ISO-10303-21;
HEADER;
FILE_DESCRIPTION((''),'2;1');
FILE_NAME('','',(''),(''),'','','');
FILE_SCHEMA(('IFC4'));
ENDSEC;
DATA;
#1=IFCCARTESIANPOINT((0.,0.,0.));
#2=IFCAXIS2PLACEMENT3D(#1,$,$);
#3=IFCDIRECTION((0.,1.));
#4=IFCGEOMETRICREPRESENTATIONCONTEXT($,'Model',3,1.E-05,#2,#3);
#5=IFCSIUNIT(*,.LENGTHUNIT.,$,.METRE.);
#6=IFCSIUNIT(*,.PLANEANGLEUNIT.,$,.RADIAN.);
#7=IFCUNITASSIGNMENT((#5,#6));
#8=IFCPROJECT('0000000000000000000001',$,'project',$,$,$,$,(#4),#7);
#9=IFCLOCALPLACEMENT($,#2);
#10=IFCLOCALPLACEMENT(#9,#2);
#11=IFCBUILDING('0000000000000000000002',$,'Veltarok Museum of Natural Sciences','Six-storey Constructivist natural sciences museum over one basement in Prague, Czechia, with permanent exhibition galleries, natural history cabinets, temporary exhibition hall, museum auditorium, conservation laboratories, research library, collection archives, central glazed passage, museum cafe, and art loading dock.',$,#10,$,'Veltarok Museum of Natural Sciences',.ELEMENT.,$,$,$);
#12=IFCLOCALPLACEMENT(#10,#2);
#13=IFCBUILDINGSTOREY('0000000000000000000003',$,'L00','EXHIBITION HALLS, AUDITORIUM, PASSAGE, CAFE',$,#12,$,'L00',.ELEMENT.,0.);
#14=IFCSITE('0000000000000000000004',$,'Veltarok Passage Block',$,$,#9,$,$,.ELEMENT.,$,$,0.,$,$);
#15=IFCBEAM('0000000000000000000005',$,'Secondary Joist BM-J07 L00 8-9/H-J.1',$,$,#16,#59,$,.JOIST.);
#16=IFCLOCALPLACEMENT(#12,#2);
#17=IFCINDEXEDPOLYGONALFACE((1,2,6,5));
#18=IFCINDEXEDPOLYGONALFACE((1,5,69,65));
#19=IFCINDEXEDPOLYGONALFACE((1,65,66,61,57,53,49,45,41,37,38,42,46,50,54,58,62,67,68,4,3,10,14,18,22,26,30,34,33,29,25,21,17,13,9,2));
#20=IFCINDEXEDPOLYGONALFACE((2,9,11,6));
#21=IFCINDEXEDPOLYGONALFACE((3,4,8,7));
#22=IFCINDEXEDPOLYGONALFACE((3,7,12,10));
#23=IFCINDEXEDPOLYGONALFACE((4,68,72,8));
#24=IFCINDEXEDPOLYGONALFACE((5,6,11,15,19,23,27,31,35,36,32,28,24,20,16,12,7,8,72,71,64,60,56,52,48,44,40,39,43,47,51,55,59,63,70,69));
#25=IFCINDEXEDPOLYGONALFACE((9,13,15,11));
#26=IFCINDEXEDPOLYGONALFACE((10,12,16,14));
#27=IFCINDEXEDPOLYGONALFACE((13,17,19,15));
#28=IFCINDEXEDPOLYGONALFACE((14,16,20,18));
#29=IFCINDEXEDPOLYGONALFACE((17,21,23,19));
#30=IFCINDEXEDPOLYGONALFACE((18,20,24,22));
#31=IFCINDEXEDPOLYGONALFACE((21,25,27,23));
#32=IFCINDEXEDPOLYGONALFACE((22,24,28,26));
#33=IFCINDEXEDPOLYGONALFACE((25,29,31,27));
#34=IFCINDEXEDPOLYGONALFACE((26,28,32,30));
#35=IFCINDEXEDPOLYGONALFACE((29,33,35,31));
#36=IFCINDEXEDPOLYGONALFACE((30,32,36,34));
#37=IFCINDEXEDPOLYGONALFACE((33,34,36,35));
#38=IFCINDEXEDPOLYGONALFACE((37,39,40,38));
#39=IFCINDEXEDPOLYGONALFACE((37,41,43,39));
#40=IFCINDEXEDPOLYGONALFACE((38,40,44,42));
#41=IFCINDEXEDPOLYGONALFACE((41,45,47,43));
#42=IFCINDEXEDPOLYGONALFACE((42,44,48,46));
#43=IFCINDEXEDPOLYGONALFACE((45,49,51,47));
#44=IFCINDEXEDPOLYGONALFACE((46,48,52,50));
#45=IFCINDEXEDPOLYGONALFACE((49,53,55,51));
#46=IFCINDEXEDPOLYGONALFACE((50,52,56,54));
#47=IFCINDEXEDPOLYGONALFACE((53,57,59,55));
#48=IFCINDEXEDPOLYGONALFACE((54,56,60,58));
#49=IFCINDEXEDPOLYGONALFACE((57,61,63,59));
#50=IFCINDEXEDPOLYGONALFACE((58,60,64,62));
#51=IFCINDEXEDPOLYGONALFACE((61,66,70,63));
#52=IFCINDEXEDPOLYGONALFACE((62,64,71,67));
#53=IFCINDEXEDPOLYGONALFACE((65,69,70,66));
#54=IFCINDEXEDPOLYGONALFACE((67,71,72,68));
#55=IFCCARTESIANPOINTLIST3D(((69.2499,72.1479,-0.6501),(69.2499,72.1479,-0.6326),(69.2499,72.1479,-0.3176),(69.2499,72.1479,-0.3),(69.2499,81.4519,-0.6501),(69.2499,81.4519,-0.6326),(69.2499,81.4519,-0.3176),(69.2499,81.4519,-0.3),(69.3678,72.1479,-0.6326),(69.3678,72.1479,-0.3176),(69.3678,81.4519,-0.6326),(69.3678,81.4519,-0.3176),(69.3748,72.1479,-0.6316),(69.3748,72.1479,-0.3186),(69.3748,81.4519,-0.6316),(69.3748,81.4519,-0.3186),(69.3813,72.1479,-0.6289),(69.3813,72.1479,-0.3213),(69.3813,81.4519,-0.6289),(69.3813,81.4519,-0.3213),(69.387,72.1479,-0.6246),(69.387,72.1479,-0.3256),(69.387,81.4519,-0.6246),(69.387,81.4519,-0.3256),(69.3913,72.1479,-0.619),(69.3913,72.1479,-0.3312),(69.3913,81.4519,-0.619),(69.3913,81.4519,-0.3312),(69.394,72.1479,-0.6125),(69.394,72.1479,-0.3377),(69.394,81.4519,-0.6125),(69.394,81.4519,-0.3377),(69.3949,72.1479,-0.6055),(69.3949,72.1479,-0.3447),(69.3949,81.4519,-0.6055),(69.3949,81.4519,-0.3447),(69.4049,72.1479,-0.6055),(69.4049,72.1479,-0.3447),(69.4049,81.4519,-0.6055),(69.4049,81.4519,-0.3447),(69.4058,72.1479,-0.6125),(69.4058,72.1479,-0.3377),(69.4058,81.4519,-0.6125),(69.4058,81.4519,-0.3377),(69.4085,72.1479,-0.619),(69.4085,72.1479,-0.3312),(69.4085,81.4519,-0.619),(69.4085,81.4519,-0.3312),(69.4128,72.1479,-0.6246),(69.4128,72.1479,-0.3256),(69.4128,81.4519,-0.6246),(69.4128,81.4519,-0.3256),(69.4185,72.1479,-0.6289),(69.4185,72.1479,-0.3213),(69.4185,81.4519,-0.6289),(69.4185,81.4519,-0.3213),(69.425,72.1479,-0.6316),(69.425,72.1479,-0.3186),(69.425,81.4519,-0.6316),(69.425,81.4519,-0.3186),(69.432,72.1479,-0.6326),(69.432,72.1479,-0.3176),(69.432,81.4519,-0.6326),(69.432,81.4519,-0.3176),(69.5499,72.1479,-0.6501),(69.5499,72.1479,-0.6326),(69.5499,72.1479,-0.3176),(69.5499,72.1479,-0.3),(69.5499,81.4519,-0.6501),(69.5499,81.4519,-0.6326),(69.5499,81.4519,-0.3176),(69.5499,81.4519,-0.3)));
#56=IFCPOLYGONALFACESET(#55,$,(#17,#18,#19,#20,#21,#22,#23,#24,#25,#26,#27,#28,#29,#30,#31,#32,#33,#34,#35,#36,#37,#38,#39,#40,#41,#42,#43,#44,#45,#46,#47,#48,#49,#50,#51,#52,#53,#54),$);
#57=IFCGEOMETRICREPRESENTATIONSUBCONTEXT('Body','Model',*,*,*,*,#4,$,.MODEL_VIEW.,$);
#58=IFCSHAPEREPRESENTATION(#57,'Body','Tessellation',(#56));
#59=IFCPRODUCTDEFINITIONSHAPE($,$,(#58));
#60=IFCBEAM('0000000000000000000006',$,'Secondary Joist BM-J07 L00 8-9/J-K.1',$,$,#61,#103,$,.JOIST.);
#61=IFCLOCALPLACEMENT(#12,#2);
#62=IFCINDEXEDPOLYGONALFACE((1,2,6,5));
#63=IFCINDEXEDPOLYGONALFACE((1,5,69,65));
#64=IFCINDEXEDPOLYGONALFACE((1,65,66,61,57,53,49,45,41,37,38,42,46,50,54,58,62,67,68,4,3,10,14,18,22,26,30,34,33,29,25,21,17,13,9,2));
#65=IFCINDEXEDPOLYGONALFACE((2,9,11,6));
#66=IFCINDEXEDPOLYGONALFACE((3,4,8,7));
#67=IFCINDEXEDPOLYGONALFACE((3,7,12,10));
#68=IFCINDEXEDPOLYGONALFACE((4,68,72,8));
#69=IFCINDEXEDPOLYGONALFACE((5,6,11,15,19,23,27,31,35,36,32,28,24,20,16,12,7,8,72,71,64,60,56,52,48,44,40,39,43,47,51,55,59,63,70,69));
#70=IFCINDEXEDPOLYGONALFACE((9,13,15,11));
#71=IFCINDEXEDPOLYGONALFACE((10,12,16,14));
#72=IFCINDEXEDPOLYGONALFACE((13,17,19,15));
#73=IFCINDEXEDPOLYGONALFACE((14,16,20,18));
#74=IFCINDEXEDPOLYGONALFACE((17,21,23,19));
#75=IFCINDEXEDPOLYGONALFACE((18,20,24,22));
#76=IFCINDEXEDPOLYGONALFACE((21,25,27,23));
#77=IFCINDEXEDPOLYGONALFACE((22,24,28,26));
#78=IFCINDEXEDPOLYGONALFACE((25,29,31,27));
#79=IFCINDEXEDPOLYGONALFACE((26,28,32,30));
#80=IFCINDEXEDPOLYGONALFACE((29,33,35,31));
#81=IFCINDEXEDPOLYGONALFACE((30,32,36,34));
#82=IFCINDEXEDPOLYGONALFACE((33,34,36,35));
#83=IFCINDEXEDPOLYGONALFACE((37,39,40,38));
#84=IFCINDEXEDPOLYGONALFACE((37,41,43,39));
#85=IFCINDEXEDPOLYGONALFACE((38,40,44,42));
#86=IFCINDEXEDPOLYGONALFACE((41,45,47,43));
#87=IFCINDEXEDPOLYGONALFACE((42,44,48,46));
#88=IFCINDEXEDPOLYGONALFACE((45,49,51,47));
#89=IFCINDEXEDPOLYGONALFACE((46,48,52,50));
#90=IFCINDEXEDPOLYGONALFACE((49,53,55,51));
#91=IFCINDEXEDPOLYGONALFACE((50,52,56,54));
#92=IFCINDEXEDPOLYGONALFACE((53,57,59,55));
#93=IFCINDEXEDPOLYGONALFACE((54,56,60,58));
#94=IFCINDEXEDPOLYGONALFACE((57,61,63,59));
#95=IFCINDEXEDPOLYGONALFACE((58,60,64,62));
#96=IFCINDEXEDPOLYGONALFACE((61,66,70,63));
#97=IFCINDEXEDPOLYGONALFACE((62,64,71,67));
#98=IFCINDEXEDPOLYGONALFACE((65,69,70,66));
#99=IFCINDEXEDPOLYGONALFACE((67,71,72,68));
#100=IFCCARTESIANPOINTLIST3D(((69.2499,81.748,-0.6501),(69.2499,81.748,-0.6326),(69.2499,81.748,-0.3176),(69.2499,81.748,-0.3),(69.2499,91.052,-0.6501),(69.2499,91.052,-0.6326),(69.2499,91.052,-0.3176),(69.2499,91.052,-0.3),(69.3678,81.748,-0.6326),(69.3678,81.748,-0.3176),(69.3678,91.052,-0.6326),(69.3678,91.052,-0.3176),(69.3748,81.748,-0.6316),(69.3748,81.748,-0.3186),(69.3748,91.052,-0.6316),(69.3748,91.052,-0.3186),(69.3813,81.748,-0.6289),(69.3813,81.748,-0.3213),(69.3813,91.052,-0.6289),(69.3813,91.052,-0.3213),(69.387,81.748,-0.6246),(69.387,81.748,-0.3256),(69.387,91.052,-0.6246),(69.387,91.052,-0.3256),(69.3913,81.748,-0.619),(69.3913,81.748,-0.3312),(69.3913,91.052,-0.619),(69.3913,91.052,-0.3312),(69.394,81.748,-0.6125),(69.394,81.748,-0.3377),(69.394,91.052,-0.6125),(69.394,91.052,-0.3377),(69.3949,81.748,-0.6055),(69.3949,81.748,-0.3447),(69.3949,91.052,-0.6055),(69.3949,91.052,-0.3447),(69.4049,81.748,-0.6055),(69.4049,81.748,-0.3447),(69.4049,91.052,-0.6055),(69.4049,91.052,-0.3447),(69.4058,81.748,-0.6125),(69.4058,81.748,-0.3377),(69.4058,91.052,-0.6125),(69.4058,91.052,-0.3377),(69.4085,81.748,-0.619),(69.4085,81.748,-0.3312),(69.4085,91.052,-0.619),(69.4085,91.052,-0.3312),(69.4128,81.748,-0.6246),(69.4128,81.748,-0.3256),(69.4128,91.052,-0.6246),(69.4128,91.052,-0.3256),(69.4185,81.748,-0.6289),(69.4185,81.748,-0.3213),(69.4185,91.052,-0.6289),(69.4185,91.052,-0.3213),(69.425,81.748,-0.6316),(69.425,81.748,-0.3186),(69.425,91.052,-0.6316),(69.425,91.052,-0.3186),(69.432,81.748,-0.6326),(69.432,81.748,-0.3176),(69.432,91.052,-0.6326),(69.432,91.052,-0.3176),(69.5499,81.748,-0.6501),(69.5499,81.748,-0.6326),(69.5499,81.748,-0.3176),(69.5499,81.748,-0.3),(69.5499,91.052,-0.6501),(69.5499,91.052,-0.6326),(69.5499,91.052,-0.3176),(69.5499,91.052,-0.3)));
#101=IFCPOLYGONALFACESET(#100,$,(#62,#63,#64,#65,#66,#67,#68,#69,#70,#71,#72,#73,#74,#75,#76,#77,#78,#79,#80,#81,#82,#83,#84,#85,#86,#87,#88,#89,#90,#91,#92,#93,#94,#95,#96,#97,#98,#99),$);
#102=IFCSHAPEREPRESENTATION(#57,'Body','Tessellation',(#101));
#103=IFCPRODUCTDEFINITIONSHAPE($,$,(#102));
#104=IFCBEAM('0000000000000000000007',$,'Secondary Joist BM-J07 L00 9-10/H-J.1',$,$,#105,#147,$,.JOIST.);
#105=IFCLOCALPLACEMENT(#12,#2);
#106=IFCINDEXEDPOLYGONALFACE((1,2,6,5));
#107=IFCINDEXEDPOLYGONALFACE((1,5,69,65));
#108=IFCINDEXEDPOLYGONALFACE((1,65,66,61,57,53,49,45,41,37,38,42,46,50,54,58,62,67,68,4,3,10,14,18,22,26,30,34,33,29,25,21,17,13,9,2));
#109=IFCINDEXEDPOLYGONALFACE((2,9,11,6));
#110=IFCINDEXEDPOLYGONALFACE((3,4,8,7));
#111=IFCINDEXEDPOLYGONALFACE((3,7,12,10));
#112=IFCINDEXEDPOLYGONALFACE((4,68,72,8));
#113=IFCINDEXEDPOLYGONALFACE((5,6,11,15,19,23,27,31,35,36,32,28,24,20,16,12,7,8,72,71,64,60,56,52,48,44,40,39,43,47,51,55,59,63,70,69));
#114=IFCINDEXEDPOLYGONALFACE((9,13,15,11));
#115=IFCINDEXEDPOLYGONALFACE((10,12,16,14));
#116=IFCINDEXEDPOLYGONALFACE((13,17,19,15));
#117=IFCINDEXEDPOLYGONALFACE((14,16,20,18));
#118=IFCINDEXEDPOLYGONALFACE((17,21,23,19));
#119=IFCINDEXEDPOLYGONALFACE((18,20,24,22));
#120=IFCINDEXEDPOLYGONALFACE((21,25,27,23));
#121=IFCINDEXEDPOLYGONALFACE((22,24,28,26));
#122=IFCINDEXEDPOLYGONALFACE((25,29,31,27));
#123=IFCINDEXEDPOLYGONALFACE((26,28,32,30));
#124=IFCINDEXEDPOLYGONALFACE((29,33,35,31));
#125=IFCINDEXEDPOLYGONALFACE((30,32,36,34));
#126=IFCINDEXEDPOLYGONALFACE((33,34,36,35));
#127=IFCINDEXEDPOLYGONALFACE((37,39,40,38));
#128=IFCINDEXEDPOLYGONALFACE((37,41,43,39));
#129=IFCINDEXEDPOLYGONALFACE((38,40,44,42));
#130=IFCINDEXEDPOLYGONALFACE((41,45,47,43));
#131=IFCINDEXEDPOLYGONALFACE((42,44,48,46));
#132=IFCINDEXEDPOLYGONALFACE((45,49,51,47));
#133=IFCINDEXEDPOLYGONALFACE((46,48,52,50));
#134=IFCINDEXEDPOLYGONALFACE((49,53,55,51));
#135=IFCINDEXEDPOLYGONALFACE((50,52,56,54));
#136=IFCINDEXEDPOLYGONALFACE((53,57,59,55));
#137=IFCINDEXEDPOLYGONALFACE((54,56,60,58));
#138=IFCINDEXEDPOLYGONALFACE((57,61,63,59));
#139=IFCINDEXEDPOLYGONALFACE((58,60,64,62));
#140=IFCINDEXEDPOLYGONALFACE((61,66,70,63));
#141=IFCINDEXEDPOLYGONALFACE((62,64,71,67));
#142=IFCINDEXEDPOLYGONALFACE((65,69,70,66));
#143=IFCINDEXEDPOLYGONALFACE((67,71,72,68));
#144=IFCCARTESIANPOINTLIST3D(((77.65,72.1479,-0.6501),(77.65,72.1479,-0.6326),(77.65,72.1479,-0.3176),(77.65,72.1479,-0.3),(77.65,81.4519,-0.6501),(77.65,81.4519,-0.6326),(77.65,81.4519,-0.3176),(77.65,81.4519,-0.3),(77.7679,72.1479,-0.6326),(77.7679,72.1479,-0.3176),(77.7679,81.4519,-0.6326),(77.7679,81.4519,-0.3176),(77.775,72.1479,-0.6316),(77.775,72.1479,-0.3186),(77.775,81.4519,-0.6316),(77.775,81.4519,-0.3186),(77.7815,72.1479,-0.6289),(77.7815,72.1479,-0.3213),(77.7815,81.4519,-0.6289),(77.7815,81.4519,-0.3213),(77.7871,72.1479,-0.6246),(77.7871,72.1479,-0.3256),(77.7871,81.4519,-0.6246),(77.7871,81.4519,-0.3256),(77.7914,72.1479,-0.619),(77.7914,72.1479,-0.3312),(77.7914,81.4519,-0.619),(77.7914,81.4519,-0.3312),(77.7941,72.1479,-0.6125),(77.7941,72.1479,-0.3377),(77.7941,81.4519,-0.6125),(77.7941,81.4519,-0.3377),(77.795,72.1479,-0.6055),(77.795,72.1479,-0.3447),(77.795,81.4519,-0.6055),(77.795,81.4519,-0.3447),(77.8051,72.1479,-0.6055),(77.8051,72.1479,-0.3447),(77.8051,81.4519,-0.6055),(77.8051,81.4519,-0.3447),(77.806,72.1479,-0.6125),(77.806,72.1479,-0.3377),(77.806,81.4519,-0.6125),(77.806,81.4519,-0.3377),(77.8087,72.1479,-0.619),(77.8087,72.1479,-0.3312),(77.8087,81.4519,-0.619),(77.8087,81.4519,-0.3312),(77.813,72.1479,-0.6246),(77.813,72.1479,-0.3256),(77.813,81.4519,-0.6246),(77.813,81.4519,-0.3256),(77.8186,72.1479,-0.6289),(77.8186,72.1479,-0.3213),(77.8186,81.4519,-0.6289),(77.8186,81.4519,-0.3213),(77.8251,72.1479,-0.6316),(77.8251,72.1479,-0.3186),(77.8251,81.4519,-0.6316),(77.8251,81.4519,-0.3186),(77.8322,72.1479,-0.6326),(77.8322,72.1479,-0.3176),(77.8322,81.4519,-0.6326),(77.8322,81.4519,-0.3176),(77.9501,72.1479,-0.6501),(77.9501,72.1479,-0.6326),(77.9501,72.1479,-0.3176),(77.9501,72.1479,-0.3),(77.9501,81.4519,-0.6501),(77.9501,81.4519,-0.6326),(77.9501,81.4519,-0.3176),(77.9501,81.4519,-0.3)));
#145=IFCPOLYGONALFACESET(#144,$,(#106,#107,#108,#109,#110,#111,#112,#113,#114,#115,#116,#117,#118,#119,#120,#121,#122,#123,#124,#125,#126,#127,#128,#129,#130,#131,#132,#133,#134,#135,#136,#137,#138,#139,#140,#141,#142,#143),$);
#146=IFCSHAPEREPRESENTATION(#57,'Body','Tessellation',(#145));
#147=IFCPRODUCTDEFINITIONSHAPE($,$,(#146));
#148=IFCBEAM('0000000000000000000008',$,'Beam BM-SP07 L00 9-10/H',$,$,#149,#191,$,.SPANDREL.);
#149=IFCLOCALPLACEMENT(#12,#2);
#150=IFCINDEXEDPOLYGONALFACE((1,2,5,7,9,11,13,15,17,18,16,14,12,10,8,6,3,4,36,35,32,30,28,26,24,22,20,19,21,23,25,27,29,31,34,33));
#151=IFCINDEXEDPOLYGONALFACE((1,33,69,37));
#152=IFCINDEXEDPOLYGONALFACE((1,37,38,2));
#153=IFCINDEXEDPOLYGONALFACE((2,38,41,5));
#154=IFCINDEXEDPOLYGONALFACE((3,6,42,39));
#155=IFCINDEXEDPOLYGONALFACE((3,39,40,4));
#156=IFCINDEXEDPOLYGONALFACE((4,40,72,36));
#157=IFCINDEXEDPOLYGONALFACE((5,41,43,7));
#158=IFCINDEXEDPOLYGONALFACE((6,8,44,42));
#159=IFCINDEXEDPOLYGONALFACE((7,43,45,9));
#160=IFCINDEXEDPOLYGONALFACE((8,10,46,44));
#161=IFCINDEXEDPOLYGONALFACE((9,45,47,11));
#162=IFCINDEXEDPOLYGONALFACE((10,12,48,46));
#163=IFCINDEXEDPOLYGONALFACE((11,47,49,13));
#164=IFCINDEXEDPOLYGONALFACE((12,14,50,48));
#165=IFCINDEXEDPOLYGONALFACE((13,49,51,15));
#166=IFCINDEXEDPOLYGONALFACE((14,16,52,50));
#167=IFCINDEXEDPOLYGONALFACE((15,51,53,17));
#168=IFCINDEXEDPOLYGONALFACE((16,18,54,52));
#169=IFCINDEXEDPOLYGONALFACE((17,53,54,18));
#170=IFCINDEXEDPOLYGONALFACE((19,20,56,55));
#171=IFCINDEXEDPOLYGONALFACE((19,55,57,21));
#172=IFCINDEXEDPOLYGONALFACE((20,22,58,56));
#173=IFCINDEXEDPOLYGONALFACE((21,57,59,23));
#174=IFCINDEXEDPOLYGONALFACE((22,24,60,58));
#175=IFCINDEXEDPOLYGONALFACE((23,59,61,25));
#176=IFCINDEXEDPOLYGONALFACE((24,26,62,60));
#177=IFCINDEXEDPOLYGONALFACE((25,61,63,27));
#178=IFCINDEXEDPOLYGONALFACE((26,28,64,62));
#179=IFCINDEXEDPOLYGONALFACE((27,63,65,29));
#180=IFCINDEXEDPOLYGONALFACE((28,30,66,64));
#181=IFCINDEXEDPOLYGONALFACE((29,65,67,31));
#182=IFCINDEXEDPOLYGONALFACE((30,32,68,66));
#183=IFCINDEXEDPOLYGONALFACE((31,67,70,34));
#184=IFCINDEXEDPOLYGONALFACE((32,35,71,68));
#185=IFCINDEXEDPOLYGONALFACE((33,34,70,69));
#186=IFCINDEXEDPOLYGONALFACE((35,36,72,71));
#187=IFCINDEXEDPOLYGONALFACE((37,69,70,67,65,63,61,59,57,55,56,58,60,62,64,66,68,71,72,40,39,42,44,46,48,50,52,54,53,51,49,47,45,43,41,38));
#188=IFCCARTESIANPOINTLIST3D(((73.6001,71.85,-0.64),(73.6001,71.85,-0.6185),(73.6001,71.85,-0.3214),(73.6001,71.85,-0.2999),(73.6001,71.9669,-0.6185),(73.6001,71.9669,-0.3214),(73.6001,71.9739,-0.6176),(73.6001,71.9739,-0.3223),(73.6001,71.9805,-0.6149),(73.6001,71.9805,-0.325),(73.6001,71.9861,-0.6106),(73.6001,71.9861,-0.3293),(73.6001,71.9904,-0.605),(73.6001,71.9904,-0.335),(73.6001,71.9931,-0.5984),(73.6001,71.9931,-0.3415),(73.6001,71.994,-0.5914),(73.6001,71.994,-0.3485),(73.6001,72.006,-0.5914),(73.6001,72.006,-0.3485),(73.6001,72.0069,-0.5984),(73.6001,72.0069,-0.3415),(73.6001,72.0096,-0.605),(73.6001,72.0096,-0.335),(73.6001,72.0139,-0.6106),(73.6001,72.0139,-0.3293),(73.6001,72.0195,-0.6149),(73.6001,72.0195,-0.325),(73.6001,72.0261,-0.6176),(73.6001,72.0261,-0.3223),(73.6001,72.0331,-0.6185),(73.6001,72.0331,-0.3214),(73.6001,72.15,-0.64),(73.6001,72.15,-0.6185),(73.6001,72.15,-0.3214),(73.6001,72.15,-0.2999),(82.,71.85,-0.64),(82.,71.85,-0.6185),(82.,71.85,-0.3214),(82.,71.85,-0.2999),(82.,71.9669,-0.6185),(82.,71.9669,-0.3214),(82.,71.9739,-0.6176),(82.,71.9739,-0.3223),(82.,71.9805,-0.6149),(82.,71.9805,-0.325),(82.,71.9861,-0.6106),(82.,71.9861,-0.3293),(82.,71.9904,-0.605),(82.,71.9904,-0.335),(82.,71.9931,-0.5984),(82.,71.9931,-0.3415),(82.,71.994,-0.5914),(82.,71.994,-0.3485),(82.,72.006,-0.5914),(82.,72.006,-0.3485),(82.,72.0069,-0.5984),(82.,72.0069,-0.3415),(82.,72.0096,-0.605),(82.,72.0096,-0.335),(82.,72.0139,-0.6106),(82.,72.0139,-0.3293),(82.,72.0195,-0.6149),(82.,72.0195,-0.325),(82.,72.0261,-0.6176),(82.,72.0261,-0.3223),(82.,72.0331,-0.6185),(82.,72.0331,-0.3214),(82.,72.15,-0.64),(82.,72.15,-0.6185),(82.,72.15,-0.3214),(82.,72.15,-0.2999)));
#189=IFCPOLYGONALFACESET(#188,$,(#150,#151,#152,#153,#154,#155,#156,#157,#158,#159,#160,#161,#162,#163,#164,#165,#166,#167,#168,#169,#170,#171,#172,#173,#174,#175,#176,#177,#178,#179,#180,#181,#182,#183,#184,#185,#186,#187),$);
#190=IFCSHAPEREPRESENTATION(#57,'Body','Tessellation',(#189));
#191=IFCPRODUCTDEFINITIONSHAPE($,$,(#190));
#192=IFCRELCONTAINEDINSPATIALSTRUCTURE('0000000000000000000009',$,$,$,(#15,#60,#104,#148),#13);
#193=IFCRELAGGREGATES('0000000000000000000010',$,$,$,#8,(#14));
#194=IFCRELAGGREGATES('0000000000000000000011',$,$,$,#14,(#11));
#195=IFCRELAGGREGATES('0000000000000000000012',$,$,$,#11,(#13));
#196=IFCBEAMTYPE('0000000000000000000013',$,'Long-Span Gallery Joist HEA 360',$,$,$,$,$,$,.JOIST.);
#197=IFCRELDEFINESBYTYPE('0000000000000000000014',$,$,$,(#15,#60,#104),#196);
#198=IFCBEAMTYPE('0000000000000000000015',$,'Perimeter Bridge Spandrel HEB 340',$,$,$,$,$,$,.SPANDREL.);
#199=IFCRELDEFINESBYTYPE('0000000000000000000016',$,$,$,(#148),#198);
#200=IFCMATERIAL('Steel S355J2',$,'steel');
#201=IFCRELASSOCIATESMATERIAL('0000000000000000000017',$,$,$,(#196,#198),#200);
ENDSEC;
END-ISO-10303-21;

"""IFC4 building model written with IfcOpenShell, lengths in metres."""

from ifc_helpers import new_model, si_unit, direction, frame, origin, origin_2d, place, context, subcontext, project, spatial, i_section, extrude, material, material_profile, profile_set, type_object, element, save


model = new_model("IFC4")

# Units and contexts
model_context = context("Model", 3, precision=1e-05, world=origin(), true_north=direction((0.0, 1.0)))
body_context = subcontext(model_context, "Body", "Model", "MODEL_VIEW")
ifc_project = project(units=[si_unit("LENGTHUNIT", "METRE"), si_unit("PLANEANGLEUNIT", "RADIAN")], contexts=[model_context])

# Site, building, storey
site_placement = place(None, origin())
site = spatial("IfcSite", under=ifc_project, at=site_placement, Name="Veltarok Passage Block", CompositionType="ELEMENT", RefElevation=0.0)
building_placement = place(site_placement, origin())
building = spatial("IfcBuilding", under=site, at=building_placement, Name="Veltarok Museum of Natural Sciences", Description="Six-storey Constructivist natural sciences museum over one basement in Prague, Czechia, with permanent exhibition galleries, natural history cabinets, temporary exhibition hall, museum auditorium, conservation laboratories, research library, collection archives, central glazed passage, museum cafe, and art loading dock.", LongName="Veltarok Museum of Natural Sciences", CompositionType="ELEMENT")
storey_placement = place(building_placement, origin())
storey = spatial("IfcBuildingStorey", under=building, at=storey_placement, Name="L00", Description="EXHIBITION HALLS, AUDITORIUM, PASSAGE, CAFE", LongName="L00", CompositionType="ELEMENT", Elevation=0.0)

# Shared definitions
ifc_material_1 = material(Name="Steel S355J2", Category="steel")

# Beams
ifc_material_profile_1 = material_profile(ifc_material_1, i_section(OverallWidth=0.3, OverallDepth=0.3501, WebThickness=0.01, FlangeThickness=0.0176, FilletRadius=0.0271, at=origin_2d()), Name="HEA 360")
ifc_profile_set_1 = profile_set([ifc_material_profile_1], Name="Steel S355J2")
beam_type_1 = type_object("IfcBeamType", Name="Long-Span Gallery Joist HEA 360", PredefinedType="JOIST", material=ifc_profile_set_1)
for number, where, z_axis, x_axis, name in (
    (1, (69.3999, 72.1479, -0.4751), (0.0, 1.0, 0.0), (-1.0, 0.0, 0.0), "Secondary Joist BM-J07 L00 8-9/H-J.1"),
    (2, (69.3999, 81.748, -0.4751), (0.0, 1.0, 0.0), (-1.0, 0.0, 0.0), "Secondary Joist BM-J07 L00 8-9/J-K.1"),
    (3, (77.8, 72.1479, -0.4751), (0.0, 1.0, 0.0), (-1.0, 0.0, 0.0), "Secondary Joist BM-J07 L00 9-10/H-J.1"),
):
    element("IfcBeam", number, at=place(storey_placement, frame(where, z_axis=z_axis, x_axis=x_axis)), inside=storey, type_object=beam_type_1, Name=name, PredefinedType="JOIST", context=body_context, shape_type="SweptSolid", body=[
        extrude(i_section(OverallWidth=0.3, OverallDepth=0.3501, WebThickness=0.01, FlangeThickness=0.0176, FilletRadius=0.0271, at=origin_2d()), origin(), (0.0, 0.0, 1.0), 9.304),
    ])
ifc_material_profile_2 = material_profile(ifc_material_1, i_section(OverallWidth=0.3, OverallDepth=0.3401, WebThickness=0.012, FlangeThickness=0.0215, FilletRadius=0.0271, at=origin_2d()), Name="HEB 340")
ifc_profile_set_2 = profile_set([ifc_material_profile_2], Name="Steel S355J2")
beam_type_2 = type_object("IfcBeamType", Name="Perimeter Bridge Spandrel HEB 340", PredefinedType="SPANDREL", material=ifc_profile_set_2)
for number, where, z_axis, x_axis, name in (
    (4, (73.6001, 72.0, -0.47), (1.0, 0.0, 0.0), (0.0, 1.0, 0.0), "Beam BM-SP07 L00 9-10/H"),
):
    element("IfcBeam", number, at=place(storey_placement, frame(where, z_axis=z_axis, x_axis=x_axis)), inside=storey, type_object=beam_type_2, Name=name, PredefinedType="SPANDREL", context=body_context, shape_type="SweptSolid", body=[
        extrude(i_section(OverallWidth=0.3, OverallDepth=0.3401, WebThickness=0.012, FlangeThickness=0.0215, FilletRadius=0.0271, at=origin_2d()), origin(), (0.0, 0.0, 1.0), 8.3999),
    ])

save(model, "model.ifc")
